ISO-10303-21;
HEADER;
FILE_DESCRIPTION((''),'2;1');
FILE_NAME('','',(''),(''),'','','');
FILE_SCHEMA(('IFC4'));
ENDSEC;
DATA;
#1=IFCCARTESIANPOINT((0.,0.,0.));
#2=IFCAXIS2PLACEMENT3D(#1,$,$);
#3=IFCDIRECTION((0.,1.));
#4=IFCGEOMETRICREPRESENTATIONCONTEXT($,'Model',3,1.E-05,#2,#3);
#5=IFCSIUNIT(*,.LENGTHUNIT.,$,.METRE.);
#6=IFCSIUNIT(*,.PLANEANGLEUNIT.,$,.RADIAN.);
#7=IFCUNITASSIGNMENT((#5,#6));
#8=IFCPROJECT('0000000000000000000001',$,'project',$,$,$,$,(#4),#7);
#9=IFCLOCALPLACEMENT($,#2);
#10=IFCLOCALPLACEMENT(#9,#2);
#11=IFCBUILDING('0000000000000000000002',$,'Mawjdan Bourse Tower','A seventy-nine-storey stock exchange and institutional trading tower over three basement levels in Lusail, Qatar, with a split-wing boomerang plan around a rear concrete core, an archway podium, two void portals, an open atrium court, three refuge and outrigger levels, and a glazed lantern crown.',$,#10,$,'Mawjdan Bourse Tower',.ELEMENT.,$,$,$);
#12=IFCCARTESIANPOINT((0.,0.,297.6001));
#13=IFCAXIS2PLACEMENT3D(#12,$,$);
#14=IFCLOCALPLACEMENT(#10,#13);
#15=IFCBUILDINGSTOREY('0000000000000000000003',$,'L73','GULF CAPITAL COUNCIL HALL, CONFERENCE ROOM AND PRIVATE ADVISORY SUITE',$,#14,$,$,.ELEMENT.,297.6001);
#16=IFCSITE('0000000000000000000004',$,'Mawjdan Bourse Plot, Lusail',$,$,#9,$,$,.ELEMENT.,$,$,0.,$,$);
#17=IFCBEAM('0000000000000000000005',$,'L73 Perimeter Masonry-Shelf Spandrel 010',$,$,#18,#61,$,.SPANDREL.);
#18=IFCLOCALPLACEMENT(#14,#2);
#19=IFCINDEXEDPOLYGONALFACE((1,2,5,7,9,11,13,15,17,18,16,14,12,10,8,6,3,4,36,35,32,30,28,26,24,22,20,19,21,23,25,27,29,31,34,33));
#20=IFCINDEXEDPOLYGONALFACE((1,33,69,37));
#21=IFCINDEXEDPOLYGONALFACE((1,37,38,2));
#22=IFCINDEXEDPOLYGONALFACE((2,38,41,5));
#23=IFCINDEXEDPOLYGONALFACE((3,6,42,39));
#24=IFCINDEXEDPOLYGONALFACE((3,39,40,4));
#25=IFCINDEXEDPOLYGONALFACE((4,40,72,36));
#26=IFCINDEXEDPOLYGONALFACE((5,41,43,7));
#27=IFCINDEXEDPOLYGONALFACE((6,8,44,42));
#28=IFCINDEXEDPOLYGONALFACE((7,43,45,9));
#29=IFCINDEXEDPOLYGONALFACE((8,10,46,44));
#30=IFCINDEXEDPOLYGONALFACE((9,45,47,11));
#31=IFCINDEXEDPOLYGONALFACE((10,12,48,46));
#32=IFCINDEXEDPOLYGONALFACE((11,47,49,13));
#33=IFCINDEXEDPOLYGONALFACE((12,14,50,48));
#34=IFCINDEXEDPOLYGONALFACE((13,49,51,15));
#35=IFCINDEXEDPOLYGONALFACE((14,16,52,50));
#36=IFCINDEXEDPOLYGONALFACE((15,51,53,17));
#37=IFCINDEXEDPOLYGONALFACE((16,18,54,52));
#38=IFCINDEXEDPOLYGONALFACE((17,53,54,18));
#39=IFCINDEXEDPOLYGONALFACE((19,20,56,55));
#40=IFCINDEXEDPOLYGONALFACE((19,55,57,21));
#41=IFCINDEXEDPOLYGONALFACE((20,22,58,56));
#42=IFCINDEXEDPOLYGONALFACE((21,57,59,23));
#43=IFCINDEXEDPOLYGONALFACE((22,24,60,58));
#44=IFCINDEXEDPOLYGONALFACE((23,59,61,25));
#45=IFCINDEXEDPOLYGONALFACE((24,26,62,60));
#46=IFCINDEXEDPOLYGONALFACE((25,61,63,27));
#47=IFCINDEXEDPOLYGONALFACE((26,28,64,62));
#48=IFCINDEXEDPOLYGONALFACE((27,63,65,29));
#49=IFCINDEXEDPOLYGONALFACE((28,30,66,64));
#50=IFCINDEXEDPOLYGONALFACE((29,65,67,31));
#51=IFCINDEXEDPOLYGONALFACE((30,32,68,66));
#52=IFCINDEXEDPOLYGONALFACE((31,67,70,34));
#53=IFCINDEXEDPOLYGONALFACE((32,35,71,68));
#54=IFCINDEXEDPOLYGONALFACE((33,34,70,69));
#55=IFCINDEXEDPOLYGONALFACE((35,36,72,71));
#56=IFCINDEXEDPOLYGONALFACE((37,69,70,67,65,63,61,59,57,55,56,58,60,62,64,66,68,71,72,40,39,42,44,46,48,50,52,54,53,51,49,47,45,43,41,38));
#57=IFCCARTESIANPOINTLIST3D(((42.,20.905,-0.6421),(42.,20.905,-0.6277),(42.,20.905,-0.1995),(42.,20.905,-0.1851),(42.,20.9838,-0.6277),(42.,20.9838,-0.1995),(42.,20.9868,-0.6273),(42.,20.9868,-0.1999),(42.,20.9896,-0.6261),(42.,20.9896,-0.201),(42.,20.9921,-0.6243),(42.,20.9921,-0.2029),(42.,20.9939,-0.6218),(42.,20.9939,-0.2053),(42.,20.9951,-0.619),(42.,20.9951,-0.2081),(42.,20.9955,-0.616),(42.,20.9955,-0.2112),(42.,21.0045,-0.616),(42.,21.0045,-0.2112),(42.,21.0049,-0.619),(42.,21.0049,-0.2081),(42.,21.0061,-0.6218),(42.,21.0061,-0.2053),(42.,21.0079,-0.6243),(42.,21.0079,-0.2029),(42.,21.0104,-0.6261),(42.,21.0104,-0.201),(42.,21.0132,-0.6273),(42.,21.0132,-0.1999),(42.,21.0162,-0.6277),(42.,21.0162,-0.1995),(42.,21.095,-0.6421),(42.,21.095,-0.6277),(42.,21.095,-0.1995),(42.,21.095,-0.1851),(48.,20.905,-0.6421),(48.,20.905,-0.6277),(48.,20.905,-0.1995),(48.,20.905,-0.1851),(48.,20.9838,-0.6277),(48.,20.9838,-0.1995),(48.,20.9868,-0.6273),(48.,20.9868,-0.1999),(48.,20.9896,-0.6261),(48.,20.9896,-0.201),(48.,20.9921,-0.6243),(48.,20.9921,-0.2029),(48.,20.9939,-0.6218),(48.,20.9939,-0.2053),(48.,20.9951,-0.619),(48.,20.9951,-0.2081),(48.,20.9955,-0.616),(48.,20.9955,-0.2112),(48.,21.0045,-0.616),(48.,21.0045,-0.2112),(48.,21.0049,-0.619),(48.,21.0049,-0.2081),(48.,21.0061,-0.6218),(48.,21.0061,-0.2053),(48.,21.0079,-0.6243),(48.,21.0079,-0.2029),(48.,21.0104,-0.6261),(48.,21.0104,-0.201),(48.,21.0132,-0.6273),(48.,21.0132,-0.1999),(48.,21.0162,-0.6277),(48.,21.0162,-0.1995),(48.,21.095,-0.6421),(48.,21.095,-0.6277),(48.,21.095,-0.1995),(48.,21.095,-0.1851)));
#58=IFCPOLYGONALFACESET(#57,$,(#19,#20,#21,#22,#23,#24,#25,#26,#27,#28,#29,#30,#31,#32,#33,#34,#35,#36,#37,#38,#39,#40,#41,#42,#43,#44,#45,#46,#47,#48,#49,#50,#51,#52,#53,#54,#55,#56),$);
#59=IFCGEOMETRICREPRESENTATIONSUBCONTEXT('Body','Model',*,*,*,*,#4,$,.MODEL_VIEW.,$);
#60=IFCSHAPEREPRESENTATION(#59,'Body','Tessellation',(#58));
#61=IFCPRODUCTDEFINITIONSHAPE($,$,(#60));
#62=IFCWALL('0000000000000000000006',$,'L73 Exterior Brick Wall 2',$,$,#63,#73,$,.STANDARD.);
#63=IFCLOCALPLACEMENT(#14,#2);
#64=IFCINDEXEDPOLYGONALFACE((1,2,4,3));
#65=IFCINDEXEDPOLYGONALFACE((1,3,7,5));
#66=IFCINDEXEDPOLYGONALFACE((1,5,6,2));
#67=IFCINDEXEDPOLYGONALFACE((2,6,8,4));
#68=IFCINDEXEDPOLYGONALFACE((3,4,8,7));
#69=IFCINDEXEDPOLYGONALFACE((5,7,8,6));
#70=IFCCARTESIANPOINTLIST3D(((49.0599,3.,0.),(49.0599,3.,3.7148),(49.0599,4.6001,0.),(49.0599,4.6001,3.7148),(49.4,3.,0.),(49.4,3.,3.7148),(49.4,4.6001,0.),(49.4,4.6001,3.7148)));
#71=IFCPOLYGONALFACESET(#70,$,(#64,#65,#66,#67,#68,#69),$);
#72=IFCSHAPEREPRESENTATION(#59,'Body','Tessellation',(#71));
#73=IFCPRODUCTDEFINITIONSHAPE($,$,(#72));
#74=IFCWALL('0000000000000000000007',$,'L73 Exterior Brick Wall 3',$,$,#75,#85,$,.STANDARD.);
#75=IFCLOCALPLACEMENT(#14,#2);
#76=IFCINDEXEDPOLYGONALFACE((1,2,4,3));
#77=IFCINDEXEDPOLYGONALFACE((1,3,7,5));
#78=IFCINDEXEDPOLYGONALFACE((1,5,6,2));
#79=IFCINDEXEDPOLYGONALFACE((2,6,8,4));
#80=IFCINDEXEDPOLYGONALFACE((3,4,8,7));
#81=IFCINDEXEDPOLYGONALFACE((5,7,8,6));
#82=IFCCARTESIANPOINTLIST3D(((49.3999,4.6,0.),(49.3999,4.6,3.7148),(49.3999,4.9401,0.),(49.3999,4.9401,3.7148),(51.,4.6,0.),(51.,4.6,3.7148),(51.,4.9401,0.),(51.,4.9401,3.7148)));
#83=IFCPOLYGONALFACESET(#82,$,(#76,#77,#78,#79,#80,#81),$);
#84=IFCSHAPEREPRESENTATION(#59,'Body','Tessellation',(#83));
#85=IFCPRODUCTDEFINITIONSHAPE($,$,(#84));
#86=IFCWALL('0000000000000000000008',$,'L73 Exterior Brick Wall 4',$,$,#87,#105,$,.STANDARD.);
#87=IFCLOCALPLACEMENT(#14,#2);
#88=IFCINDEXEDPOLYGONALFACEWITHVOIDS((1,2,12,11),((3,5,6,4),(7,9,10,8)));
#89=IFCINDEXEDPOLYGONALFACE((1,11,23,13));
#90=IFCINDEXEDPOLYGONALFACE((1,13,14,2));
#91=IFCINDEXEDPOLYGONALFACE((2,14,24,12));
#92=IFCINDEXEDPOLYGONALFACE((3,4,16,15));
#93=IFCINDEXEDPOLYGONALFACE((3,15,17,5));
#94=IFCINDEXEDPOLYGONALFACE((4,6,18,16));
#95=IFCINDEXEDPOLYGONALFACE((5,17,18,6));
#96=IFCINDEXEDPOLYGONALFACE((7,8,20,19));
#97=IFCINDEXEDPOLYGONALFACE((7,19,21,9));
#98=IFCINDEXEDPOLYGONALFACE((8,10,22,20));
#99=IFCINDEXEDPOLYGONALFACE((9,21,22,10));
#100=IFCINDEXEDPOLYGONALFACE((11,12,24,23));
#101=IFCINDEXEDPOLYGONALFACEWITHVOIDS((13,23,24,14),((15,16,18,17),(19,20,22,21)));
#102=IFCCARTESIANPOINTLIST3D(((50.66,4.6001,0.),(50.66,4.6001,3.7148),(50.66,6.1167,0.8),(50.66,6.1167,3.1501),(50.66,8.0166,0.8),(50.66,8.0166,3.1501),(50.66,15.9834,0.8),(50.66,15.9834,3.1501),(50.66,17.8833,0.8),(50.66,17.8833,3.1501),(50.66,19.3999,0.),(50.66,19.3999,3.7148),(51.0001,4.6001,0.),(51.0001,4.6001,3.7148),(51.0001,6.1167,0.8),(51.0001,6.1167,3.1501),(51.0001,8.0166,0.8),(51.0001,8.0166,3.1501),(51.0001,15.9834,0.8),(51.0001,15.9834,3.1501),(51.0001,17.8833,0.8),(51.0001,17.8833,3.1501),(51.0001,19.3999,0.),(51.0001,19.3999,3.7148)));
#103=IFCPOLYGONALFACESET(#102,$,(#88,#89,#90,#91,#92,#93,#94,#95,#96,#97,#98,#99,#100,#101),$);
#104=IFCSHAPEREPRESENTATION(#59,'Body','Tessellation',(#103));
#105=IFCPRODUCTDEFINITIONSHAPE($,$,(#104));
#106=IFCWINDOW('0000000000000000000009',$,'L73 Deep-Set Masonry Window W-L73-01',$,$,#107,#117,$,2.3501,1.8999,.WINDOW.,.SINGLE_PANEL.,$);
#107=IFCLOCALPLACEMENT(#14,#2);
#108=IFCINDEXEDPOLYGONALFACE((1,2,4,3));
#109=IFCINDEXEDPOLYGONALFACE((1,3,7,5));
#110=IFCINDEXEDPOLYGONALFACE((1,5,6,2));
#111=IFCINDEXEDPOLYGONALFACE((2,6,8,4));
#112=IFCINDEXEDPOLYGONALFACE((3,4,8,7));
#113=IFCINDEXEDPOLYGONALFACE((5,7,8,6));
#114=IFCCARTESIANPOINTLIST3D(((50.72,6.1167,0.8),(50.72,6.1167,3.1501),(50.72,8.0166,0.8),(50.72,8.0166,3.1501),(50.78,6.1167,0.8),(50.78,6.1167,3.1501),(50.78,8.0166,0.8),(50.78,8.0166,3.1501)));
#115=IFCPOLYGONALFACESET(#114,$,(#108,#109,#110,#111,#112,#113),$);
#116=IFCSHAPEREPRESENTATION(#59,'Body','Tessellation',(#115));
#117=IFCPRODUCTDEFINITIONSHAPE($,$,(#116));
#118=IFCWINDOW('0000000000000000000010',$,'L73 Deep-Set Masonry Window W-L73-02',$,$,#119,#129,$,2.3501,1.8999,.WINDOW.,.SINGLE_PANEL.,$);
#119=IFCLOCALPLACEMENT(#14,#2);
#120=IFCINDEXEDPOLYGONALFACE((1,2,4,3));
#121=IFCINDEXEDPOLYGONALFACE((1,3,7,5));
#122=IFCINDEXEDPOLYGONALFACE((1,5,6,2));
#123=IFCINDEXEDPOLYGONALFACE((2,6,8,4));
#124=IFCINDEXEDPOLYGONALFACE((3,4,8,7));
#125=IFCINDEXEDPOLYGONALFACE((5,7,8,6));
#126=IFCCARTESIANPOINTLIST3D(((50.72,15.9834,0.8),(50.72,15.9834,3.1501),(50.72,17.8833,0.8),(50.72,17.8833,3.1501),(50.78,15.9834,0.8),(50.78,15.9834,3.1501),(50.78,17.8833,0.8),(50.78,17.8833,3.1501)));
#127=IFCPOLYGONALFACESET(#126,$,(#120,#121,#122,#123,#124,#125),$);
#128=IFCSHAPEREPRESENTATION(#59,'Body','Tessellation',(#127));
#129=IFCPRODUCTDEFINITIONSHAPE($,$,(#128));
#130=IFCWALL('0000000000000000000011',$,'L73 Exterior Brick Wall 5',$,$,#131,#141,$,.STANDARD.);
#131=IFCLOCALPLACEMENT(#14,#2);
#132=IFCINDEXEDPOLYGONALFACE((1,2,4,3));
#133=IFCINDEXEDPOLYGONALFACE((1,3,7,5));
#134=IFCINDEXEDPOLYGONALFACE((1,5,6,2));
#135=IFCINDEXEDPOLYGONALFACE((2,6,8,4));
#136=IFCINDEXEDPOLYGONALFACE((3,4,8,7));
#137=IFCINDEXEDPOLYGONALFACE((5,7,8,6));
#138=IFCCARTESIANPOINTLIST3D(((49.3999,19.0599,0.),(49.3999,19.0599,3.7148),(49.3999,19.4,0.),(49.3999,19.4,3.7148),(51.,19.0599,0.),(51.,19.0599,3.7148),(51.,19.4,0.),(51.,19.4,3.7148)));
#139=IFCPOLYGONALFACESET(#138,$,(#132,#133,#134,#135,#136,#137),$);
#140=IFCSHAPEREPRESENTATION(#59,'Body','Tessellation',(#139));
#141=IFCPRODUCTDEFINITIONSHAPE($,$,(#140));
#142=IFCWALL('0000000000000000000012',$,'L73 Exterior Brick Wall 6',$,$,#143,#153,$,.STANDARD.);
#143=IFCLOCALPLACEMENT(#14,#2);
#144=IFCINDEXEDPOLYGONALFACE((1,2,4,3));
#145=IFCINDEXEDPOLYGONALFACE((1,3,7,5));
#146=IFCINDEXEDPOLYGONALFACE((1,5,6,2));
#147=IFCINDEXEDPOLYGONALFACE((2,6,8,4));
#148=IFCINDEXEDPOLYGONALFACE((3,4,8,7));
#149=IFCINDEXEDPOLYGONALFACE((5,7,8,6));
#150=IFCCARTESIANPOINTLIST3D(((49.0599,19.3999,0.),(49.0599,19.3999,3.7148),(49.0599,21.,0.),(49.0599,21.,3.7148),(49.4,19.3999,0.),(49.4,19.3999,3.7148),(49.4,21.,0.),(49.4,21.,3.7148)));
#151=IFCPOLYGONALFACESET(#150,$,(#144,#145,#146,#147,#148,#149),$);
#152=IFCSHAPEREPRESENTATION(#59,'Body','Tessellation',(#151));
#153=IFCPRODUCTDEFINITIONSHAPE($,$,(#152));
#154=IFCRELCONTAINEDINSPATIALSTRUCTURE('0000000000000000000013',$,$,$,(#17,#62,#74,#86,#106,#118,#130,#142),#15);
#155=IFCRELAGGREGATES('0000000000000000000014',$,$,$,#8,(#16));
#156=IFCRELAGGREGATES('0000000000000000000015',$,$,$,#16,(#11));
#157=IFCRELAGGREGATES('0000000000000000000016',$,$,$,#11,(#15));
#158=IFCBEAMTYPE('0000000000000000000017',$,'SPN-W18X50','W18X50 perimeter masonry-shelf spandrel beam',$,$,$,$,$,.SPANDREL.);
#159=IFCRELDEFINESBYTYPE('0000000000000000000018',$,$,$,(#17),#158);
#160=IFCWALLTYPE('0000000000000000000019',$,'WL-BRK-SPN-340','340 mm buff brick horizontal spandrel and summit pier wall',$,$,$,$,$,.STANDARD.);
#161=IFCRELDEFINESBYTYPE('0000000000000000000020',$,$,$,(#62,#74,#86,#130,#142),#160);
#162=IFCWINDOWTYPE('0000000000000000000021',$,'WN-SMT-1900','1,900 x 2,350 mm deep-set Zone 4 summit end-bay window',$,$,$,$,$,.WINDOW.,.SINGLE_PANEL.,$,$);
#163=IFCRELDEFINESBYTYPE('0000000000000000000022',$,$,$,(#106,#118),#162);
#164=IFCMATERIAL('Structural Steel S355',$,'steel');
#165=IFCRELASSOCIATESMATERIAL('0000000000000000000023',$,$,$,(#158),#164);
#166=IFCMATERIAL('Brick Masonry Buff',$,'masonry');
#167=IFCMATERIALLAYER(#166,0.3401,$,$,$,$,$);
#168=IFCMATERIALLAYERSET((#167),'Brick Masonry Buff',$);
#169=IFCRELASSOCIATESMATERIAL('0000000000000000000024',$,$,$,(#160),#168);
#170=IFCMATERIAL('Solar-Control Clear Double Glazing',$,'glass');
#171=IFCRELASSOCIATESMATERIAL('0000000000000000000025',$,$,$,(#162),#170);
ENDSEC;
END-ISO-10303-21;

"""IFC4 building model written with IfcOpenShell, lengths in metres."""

from ifc_helpers import new_model, si_unit, direction, frame, frame_2d, origin, origin_2d, place, context, subcontext, project, spatial, rectangle, i_section, extrude, material, layer, layer_set, material_profile, profile_set, type_object, element, fill, save


model = new_model("IFC4")

# Units and contexts
model_context = context("Model", 3, precision=1e-05, world=origin(), true_north=direction((0.0, 1.0)))
body_context = subcontext(model_context, "Body", "Model", "MODEL_VIEW")
ifc_project = project(units=[si_unit("LENGTHUNIT", "METRE"), si_unit("PLANEANGLEUNIT", "RADIAN")], contexts=[model_context])

# Site, building, storey
site_placement = place(None, origin())
site = spatial("IfcSite", under=ifc_project, at=site_placement, Name="Mawjdan Bourse Plot, Lusail", CompositionType="ELEMENT", RefElevation=0.0)
building_placement = place(site_placement, origin())
building = spatial("IfcBuilding", under=site, at=building_placement, Name="Mawjdan Bourse Tower", Description="A seventy-nine-storey stock exchange and institutional trading tower over three basement levels in Lusail, Qatar, with a split-wing boomerang plan around a rear concrete core, an archway podium, two void portals, an open atrium court, three refuge and outrigger levels, and a glazed lantern crown.", LongName="Mawjdan Bourse Tower", CompositionType="ELEMENT")
storey_placement = place(building_placement, frame((0.0, 0.0, 297.6001)))
storey = spatial("IfcBuildingStorey", under=building, at=storey_placement, Name="L73", Description="GULF CAPITAL COUNCIL HALL, CONFERENCE ROOM AND PRIVATE ADVISORY SUITE", CompositionType="ELEMENT", Elevation=297.6001)

# Beam
ifc_material_1 = material(Name="Structural Steel S355", Category="steel")
ifc_material_profile_1 = material_profile(ifc_material_1, i_section(OverallWidth=0.1899, OverallDepth=0.457, WebThickness=0.009, FlangeThickness=0.0144, FilletRadius=0.0117, at=origin_2d()), Name="W18X50")
ifc_profile_set_1 = profile_set([ifc_material_profile_1], Name="Structural Steel S355")
beam_type_1 = type_object("IfcBeamType", Name="SPN-W18X50", Description="W18X50 perimeter masonry-shelf spandrel beam", PredefinedType="SPANDREL", material=ifc_profile_set_1)
for number, where, z_axis, x_axis, name in (
    (1, (42.0, 21.0, -0.4136), (1.0, 0.0, 0.0), (0.0, 1.0, 0.0), "L73 Perimeter Masonry-Shelf Spandrel 010"),
):
    element("IfcBeam", number, at=place(storey_placement, frame(where, z_axis=z_axis, x_axis=x_axis)), inside=storey, type_object=beam_type_1, Name=name, PredefinedType="SPANDREL", context=body_context, shape_type="SweptSolid", body=[
        extrude(i_section(OverallWidth=0.1899, OverallDepth=0.457, WebThickness=0.009, FlangeThickness=0.0144, FilletRadius=0.0117, at=origin_2d()), origin(), (0.0, 0.0, 1.0), 6.0),
    ])

# Walls
ifc_material_2 = material(Name="Brick Masonry Buff", Category="masonry")
ifc_layer_1 = layer(ifc_material_2, 0.3401)
ifc_layer_set_1 = layer_set([ifc_layer_1], Name="Brick Masonry Buff")
wall_type_1 = type_object("IfcWallType", Name="WL-BRK-SPN-340", Description="340 mm buff brick horizontal spandrel and summit pier wall", PredefinedType="STANDARD", material=ifc_layer_set_1)
for number, where, z_axis, x_axis, name in (
    (2, (49.23, 3.0, 0.0), (0.0, 0.0, 1.0), (0.0, 1.0, 0.0), "L73 Exterior Brick Wall 2"),
    (3, (49.3999, 4.77, 0.0), (0.0, 0.0, 1.0), (1.0, 0.0, 0.0), "L73 Exterior Brick Wall 3"),
):
    element("IfcWall", number, at=place(storey_placement, frame(where, z_axis=z_axis, x_axis=x_axis)), inside=storey, type_object=wall_type_1, Name=name, PredefinedType="STANDARD", context=body_context, shape_type="SweptSolid", body=[
        extrude(rectangle(XDim=1.6001, YDim=0.3401, at=frame_2d((0.8, 0.0))), origin(), (0.0, 0.0, 1.0), 3.7148),
    ])

# Wall, openings, windows
wall_1_placement = place(storey_placement, frame((50.8301, 4.6001, 0.0), z_axis=(0.0, 0.0, 1.0), x_axis=(0.0, 1.0, 0.0)))
wall_1 = element("IfcWall", 4, at=wall_1_placement, inside=storey, type_object=wall_type_1, Name="L73 Exterior Brick Wall 4", PredefinedType="STANDARD", context=body_context, shape_type="SweptSolid", body=[
    extrude(rectangle(XDim=14.7998, YDim=0.3401, at=frame_2d((7.3999, 0.0))), origin(), (0.0, 0.0, 1.0), 3.7148),
])
opening_1_placement = place(wall_1_placement, frame((1.5166, 0.0, 0.8)))
opening_1 = element("IfcOpeningElement", 5, at=opening_1_placement, cuts=wall_1, PredefinedType="OPENING", context=body_context, shape_type="SweptSolid", body=[
    extrude(rectangle(XDim=1.8999, YDim=2.3501, at=frame_2d((0.95, 1.175))), frame((0.0, 0.1802, 0.0), z_axis=(0.0, -1.0, 0.0), x_axis=(1.0, 0.0, 0.0)), (0.0, 0.0, 1.0), 0.3601),
])
opening_2_placement = place(wall_1_placement, frame((11.3833, 0.0, 0.8)))
opening_2 = element("IfcOpeningElement", 6, at=opening_2_placement, cuts=wall_1, PredefinedType="OPENING", context=body_context, shape_type="SweptSolid", body=[
    extrude(rectangle(XDim=1.8999, YDim=2.3501, at=frame_2d((0.95, 1.175))), frame((0.0, 0.1802, 0.0), z_axis=(0.0, -1.0, 0.0), x_axis=(1.0, 0.0, 0.0)), (0.0, 0.0, 1.0), 0.3601),
])
ifc_material_3 = material(Name="Solar-Control Clear Double Glazing", Category="glass")
window_type_1 = type_object("IfcWindowType", Name="WN-SMT-1900", Description="1,900 x 2,350 mm deep-set Zone 4 summit end-bay window", PartitioningType="SINGLE_PANEL", PredefinedType="WINDOW", material=ifc_material_3)
window_1_placement = place(opening_1_placement, origin())
window_1 = element("IfcWindow", 7, at=window_1_placement, inside=storey, type_object=window_type_1, Name="L73 Deep-Set Masonry Window W-L73-01", OverallHeight=2.3501, OverallWidth=1.8999, PartitioningType="SINGLE_PANEL", PredefinedType="WINDOW", context=body_context, shape_type="SweptSolid", body=[
    extrude(rectangle(XDim=1.8999, YDim=2.3501, at=frame_2d((0.95, 1.175))), frame((0.0, 0.1101, 0.0), z_axis=(0.0, -1.0, 0.0), x_axis=(1.0, 0.0, 0.0)), (0.0, 0.0, 1.0), 0.0601),
])
fill(opening_1, window_1)
window_2_placement = place(opening_2_placement, origin())
window_2 = element("IfcWindow", 8, at=window_2_placement, inside=storey, type_object=window_type_1, Name="L73 Deep-Set Masonry Window W-L73-02", OverallHeight=2.3501, OverallWidth=1.8999, PartitioningType="SINGLE_PANEL", PredefinedType="WINDOW", context=body_context, shape_type="SweptSolid", body=[
    extrude(rectangle(XDim=1.8999, YDim=2.3501, at=frame_2d((0.95, 1.175))), frame((0.0, 0.1101, 0.0), z_axis=(0.0, -1.0, 0.0), x_axis=(1.0, 0.0, 0.0)), (0.0, 0.0, 1.0), 0.0601),
])
fill(opening_2, window_2)

# Walls
for number, where, z_axis, x_axis, name in (
    (9, (51.0, 19.23, 0.0), (0.0, 0.0, 1.0), (-1.0, 0.0, 0.0), "L73 Exterior Brick Wall 5"),
    (10, (49.23, 19.3999, 0.0), (0.0, 0.0, 1.0), (0.0, 1.0, 0.0), "L73 Exterior Brick Wall 6"),
):
    element("IfcWall", number, at=place(storey_placement, frame(where, z_axis=z_axis, x_axis=x_axis)), inside=storey, type_object=wall_type_1, Name=name, PredefinedType="STANDARD", context=body_context, shape_type="SweptSolid", body=[
        extrude(rectangle(XDim=1.6001, YDim=0.3401, at=frame_2d((0.8, 0.0))), origin(), (0.0, 0.0, 1.0), 3.7148),
    ])

save(model, "model.ifc")
